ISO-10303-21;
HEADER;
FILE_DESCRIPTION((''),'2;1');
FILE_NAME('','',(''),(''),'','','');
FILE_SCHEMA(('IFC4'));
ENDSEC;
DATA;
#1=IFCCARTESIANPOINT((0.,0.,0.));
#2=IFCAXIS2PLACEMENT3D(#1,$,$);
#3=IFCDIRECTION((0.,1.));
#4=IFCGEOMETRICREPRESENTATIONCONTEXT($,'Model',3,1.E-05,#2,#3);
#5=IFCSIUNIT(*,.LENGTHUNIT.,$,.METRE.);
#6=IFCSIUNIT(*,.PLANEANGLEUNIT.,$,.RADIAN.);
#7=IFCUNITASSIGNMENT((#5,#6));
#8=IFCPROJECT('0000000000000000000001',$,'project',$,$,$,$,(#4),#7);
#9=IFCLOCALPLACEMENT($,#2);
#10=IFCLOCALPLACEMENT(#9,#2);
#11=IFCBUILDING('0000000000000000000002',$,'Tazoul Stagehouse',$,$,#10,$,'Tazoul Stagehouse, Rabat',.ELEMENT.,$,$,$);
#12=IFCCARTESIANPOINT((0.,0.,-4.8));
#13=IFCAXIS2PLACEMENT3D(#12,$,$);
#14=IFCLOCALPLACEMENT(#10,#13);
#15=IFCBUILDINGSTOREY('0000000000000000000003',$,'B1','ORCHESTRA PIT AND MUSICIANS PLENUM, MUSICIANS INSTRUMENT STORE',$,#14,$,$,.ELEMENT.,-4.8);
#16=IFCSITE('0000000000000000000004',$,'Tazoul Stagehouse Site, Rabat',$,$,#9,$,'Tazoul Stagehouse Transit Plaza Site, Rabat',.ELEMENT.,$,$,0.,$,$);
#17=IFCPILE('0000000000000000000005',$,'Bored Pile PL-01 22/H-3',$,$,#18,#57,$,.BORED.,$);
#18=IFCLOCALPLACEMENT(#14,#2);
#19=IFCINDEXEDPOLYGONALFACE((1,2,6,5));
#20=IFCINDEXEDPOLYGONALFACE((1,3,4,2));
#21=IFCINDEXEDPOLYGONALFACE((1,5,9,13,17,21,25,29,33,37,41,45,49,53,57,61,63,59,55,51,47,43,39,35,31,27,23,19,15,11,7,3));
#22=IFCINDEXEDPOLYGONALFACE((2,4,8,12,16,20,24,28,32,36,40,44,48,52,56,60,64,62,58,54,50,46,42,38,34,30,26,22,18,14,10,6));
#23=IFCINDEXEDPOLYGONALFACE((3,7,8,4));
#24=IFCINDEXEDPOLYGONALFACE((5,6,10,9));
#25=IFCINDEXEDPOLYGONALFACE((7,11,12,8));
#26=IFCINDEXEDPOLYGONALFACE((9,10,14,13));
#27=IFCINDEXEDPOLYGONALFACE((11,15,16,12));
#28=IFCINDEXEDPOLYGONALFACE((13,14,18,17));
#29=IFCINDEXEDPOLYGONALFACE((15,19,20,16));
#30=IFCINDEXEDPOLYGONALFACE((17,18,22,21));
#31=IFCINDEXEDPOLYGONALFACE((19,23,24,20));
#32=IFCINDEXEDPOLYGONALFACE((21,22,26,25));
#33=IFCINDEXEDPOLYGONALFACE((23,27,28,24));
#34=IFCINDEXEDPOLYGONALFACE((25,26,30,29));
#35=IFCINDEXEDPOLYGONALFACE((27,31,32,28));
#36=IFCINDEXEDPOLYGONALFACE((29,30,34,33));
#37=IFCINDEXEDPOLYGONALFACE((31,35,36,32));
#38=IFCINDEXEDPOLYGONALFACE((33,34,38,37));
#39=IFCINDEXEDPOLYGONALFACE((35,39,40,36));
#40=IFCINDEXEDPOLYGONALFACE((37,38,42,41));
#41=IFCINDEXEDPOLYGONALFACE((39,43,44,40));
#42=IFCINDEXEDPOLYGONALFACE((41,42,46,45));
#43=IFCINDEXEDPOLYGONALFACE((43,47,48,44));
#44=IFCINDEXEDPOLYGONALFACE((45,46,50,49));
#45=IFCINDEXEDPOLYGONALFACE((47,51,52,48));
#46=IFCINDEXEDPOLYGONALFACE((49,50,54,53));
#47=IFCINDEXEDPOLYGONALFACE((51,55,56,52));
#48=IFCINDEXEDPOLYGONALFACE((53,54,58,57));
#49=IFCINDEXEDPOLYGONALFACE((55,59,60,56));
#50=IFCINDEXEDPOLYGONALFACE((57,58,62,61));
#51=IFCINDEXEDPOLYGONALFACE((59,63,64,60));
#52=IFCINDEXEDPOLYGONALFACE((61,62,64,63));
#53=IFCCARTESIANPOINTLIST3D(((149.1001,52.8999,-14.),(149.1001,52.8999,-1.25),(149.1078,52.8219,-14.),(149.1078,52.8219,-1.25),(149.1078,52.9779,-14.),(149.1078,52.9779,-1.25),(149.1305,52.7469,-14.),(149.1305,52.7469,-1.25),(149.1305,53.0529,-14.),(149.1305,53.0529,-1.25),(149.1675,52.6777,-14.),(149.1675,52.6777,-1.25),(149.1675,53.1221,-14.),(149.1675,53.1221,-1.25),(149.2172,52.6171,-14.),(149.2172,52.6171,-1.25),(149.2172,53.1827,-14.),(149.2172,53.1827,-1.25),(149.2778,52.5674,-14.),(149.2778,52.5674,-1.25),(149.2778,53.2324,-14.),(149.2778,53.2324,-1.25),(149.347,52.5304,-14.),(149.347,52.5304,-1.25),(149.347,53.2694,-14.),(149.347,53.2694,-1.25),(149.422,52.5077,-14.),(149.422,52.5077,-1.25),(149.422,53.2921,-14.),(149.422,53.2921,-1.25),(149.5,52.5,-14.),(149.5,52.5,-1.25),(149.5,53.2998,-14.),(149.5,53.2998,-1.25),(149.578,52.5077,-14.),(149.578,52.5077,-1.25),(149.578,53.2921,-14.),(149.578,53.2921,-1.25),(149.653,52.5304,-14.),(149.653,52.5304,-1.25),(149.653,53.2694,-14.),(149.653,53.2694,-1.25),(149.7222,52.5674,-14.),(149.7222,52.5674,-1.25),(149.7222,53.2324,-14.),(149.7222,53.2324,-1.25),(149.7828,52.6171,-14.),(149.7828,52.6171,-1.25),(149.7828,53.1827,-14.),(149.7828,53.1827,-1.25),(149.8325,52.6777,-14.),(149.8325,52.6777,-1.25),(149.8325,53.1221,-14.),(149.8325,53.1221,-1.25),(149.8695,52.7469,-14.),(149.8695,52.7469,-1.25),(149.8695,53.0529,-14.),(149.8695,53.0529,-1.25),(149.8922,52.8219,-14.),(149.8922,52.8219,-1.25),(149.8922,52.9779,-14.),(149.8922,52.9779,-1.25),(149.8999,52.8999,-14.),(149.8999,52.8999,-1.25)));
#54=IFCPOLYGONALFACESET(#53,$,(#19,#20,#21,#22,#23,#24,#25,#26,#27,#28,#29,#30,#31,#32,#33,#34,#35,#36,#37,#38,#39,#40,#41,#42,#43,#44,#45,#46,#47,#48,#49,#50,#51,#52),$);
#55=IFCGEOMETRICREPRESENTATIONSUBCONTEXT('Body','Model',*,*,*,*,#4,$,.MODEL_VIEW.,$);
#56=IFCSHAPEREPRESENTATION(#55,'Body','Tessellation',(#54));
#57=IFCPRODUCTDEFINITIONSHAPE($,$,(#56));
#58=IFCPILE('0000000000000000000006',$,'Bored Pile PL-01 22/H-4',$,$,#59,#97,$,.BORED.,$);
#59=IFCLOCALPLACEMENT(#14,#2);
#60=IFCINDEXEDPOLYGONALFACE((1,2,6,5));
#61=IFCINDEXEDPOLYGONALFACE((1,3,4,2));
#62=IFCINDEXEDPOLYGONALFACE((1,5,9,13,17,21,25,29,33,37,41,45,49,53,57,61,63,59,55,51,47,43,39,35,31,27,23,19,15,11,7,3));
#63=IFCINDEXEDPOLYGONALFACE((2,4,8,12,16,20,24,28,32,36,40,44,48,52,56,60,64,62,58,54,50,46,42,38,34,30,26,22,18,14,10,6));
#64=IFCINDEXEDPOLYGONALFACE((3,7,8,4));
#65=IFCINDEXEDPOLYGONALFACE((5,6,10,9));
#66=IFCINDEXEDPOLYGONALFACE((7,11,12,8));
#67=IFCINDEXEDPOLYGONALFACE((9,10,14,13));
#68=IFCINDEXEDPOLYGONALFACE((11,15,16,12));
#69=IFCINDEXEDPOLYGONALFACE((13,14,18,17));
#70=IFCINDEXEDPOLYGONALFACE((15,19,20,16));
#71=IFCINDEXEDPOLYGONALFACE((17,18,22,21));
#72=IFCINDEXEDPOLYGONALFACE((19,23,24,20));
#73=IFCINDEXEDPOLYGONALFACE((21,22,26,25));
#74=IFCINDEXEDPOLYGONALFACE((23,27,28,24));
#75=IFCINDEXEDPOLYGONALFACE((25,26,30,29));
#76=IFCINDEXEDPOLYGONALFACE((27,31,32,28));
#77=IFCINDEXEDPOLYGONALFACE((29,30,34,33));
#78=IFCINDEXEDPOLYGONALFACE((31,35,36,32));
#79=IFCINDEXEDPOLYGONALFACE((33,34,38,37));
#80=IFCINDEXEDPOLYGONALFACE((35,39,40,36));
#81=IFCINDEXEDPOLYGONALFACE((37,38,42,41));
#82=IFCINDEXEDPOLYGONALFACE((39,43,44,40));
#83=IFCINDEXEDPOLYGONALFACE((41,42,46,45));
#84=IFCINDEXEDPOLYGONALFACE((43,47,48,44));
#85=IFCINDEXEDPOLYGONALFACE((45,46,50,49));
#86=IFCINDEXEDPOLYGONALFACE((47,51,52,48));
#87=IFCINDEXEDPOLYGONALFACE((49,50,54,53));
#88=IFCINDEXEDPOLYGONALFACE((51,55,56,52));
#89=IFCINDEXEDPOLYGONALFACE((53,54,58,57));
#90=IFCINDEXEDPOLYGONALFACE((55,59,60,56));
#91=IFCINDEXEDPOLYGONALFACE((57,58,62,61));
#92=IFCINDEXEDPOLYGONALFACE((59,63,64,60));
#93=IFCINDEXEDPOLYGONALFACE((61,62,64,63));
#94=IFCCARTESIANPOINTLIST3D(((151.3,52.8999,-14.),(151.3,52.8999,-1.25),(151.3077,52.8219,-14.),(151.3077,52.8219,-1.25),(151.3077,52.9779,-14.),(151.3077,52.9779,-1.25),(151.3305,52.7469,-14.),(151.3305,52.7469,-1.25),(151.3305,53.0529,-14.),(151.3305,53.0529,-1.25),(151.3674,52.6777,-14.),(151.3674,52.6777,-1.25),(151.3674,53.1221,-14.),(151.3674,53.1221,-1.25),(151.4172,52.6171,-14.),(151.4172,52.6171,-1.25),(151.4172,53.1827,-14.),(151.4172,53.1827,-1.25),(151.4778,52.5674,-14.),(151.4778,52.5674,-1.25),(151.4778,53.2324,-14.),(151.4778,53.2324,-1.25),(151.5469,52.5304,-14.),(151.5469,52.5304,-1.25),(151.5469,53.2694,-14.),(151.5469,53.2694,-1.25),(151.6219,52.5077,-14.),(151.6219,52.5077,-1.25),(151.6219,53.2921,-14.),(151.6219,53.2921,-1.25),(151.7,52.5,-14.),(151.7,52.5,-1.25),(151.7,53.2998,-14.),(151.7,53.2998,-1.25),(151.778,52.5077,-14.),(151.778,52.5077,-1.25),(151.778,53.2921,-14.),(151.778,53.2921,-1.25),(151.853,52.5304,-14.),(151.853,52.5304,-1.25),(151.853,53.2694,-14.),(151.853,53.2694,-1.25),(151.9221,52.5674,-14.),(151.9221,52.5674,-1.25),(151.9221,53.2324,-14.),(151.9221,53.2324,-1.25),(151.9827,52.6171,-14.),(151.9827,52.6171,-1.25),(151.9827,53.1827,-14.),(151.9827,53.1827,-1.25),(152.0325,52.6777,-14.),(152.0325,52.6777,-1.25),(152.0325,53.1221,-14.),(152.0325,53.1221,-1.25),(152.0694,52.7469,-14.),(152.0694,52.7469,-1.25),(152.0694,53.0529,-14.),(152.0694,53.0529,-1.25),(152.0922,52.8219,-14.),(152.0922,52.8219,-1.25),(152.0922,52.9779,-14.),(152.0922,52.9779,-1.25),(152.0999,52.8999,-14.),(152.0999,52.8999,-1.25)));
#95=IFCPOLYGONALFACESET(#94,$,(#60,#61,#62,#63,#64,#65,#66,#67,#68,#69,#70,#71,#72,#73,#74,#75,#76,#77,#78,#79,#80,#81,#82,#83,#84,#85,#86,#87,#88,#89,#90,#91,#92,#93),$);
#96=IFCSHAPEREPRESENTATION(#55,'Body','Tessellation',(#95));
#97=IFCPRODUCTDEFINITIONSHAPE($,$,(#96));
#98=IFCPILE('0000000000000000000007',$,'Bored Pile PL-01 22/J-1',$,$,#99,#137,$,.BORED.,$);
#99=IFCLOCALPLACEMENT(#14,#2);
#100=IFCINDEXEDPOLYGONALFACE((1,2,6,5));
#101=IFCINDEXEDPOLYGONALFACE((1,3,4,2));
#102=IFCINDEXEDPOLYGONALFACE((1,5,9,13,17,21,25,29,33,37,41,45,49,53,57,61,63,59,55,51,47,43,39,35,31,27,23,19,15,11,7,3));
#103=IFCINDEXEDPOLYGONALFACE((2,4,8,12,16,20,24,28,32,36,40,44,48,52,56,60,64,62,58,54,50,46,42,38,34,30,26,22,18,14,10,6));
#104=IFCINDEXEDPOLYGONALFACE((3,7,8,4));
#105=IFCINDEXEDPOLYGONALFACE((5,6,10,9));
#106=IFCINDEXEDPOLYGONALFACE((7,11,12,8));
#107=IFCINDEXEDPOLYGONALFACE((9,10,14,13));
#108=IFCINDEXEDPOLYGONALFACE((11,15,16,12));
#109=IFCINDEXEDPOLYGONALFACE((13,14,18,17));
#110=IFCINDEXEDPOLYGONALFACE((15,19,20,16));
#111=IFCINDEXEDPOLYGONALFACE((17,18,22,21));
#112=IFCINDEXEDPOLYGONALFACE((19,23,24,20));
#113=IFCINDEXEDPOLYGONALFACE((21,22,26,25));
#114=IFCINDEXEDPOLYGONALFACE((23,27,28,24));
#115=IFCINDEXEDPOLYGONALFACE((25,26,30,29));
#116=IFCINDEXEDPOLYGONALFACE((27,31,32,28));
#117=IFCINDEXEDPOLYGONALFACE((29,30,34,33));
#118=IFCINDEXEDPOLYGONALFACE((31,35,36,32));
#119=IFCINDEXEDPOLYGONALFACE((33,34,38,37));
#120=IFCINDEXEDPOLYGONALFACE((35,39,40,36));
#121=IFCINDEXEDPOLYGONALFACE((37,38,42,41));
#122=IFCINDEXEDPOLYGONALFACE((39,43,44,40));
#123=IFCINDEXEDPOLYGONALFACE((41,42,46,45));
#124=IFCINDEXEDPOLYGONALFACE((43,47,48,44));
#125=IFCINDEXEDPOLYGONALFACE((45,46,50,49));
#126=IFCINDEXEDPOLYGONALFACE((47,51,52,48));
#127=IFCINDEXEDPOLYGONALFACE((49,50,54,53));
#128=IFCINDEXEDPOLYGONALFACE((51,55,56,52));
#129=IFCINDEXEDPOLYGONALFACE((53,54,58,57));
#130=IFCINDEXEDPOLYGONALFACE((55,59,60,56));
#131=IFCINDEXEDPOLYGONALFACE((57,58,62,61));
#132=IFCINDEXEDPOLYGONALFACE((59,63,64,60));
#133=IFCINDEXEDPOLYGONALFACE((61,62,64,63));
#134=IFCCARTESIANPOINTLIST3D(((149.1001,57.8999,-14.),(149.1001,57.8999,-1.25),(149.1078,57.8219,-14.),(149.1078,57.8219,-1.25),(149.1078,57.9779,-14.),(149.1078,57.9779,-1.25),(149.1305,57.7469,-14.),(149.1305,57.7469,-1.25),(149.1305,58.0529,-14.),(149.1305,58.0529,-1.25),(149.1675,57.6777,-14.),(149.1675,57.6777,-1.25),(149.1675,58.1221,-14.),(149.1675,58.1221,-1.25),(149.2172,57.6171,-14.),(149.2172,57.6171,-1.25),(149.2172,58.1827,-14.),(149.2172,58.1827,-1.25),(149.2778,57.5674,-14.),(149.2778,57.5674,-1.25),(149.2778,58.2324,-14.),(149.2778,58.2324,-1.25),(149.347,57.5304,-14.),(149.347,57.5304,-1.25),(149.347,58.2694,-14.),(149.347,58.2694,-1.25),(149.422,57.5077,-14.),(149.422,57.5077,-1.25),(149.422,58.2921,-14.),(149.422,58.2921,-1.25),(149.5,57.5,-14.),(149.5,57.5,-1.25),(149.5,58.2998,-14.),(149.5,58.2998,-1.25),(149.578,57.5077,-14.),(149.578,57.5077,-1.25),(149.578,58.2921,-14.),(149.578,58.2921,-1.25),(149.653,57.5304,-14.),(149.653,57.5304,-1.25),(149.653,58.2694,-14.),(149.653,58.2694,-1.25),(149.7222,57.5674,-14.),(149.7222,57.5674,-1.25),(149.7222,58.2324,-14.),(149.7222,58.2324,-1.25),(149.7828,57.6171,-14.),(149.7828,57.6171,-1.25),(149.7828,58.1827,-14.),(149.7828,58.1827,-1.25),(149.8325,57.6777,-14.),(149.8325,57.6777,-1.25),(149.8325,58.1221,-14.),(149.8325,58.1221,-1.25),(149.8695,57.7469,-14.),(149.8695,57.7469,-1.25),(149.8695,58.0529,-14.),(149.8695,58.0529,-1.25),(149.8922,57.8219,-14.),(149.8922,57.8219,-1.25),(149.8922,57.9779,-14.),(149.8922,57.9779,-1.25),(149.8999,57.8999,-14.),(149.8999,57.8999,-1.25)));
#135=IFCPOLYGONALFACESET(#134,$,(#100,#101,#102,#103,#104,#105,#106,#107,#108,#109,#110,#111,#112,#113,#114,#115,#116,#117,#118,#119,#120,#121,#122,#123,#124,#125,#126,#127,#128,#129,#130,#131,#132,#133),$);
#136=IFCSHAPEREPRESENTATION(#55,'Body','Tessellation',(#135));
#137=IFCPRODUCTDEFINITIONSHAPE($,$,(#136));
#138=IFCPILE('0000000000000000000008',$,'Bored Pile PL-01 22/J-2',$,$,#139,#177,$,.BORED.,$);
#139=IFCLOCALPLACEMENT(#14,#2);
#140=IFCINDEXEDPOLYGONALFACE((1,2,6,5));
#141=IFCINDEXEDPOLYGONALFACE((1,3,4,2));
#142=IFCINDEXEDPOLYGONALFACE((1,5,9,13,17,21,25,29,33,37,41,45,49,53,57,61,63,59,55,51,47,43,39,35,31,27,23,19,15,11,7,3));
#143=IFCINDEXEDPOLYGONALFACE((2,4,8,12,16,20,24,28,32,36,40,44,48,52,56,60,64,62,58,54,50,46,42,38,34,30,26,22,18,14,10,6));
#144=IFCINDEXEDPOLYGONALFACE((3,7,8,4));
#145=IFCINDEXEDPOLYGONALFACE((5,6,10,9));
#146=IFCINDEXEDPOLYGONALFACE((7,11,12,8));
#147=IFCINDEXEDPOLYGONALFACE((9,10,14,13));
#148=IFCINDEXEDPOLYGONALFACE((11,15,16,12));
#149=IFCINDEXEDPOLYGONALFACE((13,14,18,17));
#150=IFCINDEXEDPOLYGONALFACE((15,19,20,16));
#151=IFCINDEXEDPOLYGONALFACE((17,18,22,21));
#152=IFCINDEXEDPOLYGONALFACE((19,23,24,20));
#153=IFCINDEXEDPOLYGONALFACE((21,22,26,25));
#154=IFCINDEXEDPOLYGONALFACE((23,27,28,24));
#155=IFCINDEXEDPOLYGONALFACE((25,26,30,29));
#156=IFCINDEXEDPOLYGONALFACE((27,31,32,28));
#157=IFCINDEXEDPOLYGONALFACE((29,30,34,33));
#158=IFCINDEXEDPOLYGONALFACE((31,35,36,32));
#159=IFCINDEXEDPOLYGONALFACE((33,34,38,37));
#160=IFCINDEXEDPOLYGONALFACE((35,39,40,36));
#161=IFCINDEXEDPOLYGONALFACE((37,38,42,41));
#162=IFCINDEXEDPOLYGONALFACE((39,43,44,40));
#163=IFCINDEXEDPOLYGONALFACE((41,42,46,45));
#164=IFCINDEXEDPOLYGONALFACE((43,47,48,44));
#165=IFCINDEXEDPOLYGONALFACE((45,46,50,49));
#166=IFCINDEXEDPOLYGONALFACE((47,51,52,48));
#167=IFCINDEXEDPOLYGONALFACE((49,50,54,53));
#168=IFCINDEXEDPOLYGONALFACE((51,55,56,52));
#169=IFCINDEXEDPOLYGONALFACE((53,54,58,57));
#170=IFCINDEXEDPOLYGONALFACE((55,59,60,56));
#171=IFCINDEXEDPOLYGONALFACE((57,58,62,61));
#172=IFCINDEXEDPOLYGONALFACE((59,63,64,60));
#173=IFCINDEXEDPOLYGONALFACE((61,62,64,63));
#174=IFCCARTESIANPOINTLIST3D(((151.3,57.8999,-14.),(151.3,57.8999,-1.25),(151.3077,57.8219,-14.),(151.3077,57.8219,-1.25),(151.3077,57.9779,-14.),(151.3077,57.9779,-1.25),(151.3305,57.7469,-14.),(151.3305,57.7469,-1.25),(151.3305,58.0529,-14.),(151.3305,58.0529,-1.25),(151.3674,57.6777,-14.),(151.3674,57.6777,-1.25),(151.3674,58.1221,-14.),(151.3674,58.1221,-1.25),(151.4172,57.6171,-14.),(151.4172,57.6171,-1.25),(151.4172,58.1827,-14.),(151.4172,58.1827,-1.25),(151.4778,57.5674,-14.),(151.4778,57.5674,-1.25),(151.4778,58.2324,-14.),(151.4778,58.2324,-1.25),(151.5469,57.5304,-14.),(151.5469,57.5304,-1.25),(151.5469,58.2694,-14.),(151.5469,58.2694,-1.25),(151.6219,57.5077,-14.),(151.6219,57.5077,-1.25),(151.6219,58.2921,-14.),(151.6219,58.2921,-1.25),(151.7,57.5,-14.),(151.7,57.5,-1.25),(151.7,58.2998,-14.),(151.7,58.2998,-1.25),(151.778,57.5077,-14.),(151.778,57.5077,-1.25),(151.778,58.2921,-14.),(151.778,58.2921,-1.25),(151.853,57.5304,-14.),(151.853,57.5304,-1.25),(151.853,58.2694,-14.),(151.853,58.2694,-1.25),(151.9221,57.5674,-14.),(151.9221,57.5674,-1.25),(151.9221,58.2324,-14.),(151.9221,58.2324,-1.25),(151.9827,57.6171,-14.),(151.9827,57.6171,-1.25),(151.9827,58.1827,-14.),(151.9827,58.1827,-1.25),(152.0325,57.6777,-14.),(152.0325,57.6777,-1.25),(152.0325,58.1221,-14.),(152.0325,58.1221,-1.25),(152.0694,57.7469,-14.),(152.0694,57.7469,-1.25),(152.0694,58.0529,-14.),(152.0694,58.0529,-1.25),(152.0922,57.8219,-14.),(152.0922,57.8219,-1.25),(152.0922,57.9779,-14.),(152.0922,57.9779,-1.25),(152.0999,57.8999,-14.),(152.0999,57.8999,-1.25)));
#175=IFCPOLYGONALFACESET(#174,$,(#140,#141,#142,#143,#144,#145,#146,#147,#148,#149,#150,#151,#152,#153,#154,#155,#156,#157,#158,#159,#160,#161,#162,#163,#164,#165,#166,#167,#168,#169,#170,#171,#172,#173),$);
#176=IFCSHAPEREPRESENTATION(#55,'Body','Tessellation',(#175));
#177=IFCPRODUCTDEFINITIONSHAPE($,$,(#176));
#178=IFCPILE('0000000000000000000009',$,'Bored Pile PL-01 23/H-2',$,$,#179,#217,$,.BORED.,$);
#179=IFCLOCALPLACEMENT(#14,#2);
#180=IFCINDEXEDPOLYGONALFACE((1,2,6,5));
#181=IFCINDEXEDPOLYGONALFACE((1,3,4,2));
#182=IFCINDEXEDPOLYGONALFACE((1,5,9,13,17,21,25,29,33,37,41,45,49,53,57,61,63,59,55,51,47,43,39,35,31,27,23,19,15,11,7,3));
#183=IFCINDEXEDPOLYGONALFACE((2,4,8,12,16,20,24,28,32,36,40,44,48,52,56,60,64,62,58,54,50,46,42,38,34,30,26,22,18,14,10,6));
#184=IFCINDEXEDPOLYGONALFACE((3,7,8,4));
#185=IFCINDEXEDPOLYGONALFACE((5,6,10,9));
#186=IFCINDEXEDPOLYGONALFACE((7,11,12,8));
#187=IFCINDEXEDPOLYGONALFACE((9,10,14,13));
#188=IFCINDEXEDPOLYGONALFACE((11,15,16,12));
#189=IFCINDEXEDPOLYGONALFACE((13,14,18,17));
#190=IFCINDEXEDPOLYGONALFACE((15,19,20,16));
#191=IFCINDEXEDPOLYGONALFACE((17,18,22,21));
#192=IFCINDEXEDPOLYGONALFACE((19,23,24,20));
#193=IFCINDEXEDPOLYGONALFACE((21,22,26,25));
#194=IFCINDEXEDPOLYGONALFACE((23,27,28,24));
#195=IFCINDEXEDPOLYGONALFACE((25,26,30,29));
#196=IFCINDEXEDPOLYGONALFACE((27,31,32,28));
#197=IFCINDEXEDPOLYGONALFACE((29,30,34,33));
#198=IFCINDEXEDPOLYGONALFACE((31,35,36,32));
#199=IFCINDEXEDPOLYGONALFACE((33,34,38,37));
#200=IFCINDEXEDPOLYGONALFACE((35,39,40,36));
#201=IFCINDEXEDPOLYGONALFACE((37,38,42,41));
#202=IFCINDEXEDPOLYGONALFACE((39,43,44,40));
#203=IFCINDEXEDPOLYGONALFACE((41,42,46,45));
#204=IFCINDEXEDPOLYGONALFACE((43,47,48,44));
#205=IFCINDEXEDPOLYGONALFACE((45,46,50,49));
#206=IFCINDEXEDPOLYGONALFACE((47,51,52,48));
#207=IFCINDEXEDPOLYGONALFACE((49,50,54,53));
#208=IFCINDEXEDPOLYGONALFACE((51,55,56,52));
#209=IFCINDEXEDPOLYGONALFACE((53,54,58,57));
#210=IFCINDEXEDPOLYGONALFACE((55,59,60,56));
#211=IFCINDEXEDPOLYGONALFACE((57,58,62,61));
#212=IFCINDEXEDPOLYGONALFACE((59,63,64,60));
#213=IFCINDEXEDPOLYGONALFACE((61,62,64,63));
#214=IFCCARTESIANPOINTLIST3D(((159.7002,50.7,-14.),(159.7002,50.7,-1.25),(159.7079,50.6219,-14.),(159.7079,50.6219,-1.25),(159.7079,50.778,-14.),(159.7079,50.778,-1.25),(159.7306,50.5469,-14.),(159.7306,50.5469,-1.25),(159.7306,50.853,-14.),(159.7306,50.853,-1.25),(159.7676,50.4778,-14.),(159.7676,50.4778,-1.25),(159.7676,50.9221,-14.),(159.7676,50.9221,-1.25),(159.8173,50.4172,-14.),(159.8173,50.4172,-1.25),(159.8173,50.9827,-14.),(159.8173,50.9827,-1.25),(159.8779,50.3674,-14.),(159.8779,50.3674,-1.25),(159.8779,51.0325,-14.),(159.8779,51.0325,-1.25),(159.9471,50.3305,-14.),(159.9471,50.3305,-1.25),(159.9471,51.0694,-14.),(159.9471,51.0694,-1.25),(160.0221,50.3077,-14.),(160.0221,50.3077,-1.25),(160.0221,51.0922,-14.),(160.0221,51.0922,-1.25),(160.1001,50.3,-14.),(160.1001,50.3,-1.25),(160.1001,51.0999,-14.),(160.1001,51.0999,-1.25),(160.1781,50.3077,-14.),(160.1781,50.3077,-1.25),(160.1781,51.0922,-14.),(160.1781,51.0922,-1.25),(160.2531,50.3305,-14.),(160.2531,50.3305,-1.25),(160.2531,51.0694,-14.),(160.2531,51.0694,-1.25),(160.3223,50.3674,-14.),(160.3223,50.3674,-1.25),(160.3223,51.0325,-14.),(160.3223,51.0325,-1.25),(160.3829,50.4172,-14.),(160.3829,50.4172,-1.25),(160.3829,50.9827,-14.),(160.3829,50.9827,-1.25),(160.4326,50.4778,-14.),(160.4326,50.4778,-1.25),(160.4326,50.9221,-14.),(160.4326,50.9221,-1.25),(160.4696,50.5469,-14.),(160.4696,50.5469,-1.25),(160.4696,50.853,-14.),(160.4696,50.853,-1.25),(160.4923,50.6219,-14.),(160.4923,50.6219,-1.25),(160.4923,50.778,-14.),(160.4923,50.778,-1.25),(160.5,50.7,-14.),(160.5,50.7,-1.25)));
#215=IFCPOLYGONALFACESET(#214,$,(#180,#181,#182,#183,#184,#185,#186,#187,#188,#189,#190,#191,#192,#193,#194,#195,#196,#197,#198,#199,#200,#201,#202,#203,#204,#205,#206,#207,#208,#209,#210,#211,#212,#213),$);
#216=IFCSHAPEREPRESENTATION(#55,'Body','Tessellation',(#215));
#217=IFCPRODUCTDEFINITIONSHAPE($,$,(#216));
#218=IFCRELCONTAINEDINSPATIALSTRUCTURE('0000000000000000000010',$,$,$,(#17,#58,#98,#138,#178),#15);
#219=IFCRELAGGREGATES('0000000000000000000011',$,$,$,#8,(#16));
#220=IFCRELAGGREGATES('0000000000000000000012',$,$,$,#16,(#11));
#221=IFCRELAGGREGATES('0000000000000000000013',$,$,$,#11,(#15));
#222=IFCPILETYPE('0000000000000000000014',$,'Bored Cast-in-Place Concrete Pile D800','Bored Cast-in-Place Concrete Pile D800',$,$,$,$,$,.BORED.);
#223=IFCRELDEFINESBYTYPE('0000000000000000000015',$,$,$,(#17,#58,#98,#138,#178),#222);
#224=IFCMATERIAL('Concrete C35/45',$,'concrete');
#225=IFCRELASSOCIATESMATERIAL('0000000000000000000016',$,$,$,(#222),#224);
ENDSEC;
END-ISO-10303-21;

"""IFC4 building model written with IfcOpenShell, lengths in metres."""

from ifc_helpers import new_model, si_unit, direction, frame, origin, origin_2d, place, context, subcontext, project, spatial, circle, extrude, material, material_profile, profile_set, type_object, element, save


model = new_model("IFC4")

# Units and contexts
model_context = context("Model", 3, precision=1e-05, world=origin(), true_north=direction((0.0, 1.0)))
body_context = subcontext(model_context, "Body", "Model", "MODEL_VIEW")
ifc_project = project(units=[si_unit("LENGTHUNIT", "METRE"), si_unit("PLANEANGLEUNIT", "RADIAN")], contexts=[model_context])

# Site, building, storey
site_placement = place(None, origin())
site = spatial("IfcSite", under=ifc_project, at=site_placement, Name="Tazoul Stagehouse Site, Rabat", LongName="Tazoul Stagehouse Transit Plaza Site, Rabat", CompositionType="ELEMENT", RefElevation=0.0)
building_placement = place(site_placement, origin())
building = spatial("IfcBuilding", under=site, at=building_placement, Name="Tazoul Stagehouse", LongName="Tazoul Stagehouse, Rabat", CompositionType="ELEMENT")
storey_placement = place(building_placement, frame((0.0, 0.0, -4.8)))
storey = spatial("IfcBuildingStorey", under=building, at=storey_placement, Name="B1", Description="ORCHESTRA PIT AND MUSICIANS PLENUM, MUSICIANS INSTRUMENT STORE", CompositionType="ELEMENT", Elevation=-4.8)

# Piles
ifc_material_1 = material(Name="Concrete C35/45", Category="concrete")
ifc_material_profile_1 = material_profile(ifc_material_1, circle(Radius=0.3999, at=origin_2d()), Name="BORED PILE 800")
ifc_profile_set_1 = profile_set([ifc_material_profile_1], Name="Concrete C35/45")
pile_type = type_object("IfcPileType", Name="Bored Cast-in-Place Concrete Pile D800", Description="Bored Cast-in-Place Concrete Pile D800", PredefinedType="BORED", material=ifc_profile_set_1)
for number, where, z_axis, x_axis, name in (
    (1, (149.5, 52.8999, -1.25), (0.0, 0.0, -1.0), (1.0, 0.0, 0.0), "Bored Pile PL-01 22/H-3"),
    (2, (151.7, 52.8999, -1.25), (0.0, 0.0, -1.0), (1.0, 0.0, 0.0), "Bored Pile PL-01 22/H-4"),
    (3, (149.5, 57.8999, -1.25), (0.0, 0.0, -1.0), (1.0, 0.0, 0.0), "Bored Pile PL-01 22/J-1"),
    (4, (151.7, 57.8999, -1.25), (0.0, 0.0, -1.0), (1.0, 0.0, 0.0), "Bored Pile PL-01 22/J-2"),
    (5, (160.1001, 50.7, -1.25), (0.0, 0.0, -1.0), (1.0, 0.0, 0.0), "Bored Pile PL-01 23/H-2"),
):
    element("IfcPile", number, at=place(storey_placement, frame(where, z_axis=z_axis, x_axis=x_axis)), inside=storey, type_object=pile_type, Name=name, PredefinedType="BORED", context=body_context, shape_type="SweptSolid", body=[
        extrude(circle(Radius=0.3999, at=origin_2d()), origin(), (0.0, 0.0, 1.0), 12.75),
    ])

save(model, "model.ifc")
